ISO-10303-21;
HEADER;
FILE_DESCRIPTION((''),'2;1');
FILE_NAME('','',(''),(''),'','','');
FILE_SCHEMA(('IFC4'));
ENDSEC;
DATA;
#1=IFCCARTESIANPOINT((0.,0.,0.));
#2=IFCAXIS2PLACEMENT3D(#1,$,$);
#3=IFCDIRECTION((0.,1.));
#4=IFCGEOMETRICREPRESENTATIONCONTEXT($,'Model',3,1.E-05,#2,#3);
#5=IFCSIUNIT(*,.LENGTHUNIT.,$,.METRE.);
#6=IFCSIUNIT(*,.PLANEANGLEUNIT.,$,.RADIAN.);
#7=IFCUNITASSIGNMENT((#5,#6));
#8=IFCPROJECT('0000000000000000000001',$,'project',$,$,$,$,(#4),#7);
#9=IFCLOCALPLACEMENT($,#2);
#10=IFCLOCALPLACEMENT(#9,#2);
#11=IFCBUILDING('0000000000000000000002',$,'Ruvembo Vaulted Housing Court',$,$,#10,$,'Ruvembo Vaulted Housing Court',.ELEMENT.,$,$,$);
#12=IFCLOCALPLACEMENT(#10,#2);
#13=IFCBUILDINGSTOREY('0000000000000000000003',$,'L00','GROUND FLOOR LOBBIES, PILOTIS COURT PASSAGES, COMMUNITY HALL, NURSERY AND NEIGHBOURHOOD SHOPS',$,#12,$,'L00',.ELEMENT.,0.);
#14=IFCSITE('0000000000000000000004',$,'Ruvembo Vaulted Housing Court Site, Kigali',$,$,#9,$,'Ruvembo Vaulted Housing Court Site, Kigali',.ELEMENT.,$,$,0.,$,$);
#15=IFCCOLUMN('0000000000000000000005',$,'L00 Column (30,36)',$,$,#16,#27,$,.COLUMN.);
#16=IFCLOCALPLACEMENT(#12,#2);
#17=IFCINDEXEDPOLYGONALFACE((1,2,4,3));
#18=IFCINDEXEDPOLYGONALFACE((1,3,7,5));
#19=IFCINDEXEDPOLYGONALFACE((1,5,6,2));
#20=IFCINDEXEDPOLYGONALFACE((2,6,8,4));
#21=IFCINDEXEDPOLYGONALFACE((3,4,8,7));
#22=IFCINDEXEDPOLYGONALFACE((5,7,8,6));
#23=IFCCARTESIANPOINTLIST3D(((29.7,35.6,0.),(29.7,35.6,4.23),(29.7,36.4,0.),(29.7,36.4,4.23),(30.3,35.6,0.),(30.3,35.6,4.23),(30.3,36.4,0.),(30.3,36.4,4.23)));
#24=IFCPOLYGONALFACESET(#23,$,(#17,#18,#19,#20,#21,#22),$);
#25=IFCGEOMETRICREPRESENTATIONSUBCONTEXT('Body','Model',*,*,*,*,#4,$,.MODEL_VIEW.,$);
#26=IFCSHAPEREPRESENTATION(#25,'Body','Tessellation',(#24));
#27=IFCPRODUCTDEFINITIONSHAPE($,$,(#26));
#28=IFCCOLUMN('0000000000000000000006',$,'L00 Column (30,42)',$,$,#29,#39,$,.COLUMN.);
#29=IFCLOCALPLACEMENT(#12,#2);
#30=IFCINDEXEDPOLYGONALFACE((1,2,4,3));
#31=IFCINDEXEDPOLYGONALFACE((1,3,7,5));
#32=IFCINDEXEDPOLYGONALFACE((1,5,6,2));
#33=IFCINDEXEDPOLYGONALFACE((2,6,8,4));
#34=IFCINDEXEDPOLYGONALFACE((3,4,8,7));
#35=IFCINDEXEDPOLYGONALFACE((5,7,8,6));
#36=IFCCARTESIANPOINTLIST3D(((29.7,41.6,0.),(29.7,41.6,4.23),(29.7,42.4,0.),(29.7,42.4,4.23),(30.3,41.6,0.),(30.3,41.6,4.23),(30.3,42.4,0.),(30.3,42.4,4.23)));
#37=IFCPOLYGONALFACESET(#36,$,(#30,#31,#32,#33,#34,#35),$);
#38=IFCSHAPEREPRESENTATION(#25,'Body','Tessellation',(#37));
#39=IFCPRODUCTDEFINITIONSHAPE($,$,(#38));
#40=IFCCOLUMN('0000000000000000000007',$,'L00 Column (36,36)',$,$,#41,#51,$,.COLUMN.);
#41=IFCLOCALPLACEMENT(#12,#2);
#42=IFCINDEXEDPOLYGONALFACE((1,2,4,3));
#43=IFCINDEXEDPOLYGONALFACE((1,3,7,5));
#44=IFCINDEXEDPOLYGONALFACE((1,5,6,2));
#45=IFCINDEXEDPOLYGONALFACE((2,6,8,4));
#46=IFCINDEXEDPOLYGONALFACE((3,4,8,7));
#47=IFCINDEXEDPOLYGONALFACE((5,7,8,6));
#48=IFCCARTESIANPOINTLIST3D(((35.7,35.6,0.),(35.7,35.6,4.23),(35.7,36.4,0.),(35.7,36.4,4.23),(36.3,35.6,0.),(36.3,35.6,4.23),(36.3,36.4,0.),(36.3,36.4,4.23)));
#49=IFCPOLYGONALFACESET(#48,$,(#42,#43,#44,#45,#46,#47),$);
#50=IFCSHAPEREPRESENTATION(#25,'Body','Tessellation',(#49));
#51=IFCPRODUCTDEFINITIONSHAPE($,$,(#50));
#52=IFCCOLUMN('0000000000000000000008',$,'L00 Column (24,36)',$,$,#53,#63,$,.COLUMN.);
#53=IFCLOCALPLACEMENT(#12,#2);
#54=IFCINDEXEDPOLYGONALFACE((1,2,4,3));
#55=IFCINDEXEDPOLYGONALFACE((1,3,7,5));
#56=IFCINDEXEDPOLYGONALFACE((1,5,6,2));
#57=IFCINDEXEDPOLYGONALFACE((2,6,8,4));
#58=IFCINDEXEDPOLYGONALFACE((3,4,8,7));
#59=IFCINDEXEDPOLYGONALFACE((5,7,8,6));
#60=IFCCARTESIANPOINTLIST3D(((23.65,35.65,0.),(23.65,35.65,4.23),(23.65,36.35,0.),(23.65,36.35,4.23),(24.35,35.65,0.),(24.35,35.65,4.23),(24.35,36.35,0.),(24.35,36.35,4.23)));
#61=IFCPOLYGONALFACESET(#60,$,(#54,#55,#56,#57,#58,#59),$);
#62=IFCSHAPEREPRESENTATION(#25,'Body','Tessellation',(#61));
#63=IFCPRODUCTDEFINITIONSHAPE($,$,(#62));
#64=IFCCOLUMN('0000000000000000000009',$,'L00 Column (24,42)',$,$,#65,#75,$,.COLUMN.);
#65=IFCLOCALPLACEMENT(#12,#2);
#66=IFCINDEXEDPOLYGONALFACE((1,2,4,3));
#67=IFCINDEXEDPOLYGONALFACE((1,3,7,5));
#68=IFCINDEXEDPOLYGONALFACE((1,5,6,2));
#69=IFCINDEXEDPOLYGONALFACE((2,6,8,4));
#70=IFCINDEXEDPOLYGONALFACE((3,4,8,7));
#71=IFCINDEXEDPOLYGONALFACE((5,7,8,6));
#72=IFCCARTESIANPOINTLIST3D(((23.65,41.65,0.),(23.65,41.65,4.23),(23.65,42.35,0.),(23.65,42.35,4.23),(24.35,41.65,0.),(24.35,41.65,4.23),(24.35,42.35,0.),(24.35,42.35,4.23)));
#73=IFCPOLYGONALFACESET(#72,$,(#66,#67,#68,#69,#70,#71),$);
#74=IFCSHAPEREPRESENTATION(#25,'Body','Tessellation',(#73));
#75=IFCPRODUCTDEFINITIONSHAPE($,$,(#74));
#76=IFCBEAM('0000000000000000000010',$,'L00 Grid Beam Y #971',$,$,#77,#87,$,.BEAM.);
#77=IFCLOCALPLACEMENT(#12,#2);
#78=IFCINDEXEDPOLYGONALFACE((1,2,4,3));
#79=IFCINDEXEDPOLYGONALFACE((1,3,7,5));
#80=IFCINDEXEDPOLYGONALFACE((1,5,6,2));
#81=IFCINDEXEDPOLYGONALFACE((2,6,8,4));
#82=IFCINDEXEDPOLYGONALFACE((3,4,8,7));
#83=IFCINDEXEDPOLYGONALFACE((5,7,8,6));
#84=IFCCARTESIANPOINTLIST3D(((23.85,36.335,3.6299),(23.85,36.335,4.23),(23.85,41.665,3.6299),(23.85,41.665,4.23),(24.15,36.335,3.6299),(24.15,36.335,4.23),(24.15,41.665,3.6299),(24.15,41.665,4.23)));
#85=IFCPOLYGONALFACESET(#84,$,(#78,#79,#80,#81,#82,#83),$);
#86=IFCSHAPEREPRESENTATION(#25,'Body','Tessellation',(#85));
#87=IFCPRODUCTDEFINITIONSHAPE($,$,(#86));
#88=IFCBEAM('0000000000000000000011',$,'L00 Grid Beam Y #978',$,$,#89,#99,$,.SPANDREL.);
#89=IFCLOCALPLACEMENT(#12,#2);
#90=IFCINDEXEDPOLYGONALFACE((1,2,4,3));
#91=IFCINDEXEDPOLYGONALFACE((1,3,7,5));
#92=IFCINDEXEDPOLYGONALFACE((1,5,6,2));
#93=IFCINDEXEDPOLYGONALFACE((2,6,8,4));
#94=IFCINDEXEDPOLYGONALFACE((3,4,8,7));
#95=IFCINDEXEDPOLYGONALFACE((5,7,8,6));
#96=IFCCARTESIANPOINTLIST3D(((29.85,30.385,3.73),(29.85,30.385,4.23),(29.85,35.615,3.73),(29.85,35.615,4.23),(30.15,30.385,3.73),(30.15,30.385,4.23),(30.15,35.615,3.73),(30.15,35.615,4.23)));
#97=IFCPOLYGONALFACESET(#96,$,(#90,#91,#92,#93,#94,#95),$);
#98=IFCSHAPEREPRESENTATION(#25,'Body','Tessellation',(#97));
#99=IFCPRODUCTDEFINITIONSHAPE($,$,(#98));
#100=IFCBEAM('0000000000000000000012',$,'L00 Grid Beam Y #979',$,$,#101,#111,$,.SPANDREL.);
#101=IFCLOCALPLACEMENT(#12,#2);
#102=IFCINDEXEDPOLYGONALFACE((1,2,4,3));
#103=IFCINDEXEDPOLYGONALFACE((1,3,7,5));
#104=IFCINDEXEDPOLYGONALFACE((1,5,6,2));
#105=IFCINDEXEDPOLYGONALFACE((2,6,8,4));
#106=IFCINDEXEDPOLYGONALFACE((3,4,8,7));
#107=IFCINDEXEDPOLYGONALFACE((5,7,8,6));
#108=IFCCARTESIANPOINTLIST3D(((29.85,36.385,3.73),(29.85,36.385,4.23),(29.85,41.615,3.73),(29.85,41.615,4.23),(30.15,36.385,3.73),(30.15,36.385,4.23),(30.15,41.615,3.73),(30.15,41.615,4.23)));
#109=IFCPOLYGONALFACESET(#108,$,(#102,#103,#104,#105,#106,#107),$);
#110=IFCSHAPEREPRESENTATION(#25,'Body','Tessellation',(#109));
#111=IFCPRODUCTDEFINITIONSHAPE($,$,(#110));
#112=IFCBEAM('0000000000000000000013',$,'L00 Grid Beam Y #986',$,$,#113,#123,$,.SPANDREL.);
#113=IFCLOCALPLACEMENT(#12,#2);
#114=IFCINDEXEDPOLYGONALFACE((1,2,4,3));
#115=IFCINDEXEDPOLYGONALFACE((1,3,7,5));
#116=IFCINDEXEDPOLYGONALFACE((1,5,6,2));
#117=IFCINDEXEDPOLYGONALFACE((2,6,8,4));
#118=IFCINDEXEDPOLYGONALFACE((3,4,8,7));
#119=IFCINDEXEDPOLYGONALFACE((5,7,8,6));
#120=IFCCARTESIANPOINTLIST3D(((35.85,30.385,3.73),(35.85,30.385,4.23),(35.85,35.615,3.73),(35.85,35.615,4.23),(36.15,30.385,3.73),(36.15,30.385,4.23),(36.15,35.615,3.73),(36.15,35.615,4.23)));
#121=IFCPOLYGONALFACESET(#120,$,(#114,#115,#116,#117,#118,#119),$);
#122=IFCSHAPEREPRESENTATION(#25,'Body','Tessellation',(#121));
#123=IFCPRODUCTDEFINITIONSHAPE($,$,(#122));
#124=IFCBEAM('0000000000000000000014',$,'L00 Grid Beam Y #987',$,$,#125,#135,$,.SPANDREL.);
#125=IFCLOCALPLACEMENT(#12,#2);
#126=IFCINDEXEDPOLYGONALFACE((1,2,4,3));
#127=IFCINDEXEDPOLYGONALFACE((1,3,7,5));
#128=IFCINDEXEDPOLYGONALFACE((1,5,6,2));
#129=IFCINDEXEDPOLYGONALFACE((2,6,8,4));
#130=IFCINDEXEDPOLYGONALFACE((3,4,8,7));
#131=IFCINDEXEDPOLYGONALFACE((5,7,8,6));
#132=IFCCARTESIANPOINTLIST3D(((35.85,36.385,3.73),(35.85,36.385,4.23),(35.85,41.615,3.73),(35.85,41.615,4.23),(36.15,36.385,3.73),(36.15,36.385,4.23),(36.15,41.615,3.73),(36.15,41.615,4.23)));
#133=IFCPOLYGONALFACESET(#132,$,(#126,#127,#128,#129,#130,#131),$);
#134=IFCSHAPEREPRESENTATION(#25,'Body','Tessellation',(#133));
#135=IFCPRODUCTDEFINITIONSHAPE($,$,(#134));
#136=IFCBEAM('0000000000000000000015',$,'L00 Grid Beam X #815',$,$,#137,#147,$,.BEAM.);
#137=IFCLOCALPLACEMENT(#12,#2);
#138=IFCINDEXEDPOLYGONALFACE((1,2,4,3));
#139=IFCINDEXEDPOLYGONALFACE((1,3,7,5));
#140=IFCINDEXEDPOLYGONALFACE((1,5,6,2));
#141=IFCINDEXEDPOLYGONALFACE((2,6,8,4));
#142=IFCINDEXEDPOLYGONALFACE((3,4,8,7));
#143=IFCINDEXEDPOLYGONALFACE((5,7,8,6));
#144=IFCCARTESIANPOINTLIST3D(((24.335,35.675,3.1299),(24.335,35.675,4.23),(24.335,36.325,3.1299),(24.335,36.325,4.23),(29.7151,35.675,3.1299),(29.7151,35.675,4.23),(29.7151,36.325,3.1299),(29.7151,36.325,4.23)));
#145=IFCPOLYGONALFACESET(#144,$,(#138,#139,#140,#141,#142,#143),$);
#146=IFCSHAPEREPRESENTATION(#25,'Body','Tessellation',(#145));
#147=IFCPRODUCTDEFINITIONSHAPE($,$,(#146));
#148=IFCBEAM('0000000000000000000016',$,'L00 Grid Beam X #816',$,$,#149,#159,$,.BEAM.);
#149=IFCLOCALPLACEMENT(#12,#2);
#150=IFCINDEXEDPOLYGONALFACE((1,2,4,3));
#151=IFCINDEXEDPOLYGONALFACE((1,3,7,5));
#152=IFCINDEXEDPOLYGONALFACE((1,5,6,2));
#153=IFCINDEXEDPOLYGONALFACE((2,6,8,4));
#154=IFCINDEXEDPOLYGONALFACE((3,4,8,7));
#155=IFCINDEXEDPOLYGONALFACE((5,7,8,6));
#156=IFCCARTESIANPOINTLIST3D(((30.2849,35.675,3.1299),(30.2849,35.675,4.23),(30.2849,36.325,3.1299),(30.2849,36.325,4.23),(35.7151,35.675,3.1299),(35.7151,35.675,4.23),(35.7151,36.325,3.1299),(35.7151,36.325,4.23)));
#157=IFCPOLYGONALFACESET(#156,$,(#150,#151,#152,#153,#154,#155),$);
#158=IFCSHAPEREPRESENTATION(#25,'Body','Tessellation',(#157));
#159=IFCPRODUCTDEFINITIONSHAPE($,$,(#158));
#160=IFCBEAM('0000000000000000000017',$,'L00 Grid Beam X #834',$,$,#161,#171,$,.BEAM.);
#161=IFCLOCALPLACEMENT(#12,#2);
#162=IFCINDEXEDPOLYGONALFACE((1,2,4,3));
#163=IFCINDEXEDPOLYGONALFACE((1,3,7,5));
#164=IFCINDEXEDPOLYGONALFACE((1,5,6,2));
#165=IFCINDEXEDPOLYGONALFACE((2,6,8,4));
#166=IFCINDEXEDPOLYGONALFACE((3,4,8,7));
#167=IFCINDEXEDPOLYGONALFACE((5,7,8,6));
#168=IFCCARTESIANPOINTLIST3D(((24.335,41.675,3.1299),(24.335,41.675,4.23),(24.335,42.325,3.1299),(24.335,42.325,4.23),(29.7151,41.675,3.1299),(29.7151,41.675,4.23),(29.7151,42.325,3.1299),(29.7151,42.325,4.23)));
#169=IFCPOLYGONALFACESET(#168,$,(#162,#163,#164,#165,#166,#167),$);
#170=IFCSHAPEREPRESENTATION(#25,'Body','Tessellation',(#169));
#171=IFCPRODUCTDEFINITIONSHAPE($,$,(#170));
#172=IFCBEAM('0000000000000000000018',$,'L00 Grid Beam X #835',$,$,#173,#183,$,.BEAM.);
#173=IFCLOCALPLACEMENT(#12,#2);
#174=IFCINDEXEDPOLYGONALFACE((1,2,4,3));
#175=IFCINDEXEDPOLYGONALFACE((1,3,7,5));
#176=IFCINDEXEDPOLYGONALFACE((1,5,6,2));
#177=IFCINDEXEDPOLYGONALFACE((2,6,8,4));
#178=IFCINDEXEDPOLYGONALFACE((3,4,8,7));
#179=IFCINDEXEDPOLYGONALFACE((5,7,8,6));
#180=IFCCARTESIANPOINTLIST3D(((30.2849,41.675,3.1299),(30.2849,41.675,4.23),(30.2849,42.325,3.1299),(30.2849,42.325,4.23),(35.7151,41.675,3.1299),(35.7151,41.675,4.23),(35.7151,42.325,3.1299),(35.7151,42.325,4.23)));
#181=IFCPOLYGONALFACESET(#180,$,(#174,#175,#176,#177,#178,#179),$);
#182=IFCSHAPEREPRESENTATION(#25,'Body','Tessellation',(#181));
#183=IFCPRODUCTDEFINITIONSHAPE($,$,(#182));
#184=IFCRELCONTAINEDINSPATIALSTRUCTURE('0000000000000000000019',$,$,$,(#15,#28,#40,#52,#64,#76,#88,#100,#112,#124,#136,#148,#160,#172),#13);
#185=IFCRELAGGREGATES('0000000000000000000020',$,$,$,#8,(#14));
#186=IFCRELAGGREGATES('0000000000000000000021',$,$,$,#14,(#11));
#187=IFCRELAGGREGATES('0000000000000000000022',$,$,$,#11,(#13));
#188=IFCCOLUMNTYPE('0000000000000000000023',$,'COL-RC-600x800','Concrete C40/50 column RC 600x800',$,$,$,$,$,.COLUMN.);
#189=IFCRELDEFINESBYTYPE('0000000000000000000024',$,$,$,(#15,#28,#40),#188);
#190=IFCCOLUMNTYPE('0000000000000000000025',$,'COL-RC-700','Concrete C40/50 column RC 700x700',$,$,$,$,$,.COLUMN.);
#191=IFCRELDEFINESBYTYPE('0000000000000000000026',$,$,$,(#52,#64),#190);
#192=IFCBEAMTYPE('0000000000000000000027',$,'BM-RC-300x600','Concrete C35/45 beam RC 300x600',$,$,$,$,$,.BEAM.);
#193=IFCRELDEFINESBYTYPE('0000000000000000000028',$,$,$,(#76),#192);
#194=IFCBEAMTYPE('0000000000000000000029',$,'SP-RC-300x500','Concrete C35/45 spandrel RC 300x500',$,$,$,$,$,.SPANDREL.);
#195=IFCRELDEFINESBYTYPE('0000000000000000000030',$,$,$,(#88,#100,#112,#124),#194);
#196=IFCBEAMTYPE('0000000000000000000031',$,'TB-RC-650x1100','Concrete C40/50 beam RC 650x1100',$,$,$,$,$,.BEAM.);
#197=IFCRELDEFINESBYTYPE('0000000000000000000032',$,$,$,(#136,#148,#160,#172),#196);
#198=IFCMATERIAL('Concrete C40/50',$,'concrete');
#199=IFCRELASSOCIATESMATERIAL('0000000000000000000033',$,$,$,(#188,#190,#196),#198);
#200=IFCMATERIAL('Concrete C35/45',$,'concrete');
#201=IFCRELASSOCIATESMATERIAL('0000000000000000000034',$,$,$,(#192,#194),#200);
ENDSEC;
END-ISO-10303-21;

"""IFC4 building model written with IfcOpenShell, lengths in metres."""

from ifc_helpers import new_model, si_unit, direction, frame, origin, origin_2d, place, context, subcontext, project, spatial, rectangle, extrude, material, material_profile, profile_set, type_object, element, save


model = new_model("IFC4")

# Units and contexts
model_context = context("Model", 3, precision=1e-05, world=origin(), true_north=direction((0.0, 1.0)))
body_context = subcontext(model_context, "Body", "Model", "MODEL_VIEW")
ifc_project = project(units=[si_unit("LENGTHUNIT", "METRE"), si_unit("PLANEANGLEUNIT", "RADIAN")], contexts=[model_context])

# Site, building, storey
site_placement = place(None, origin())
site = spatial("IfcSite", under=ifc_project, at=site_placement, Name="Ruvembo Vaulted Housing Court Site, Kigali", LongName="Ruvembo Vaulted Housing Court Site, Kigali", CompositionType="ELEMENT", RefElevation=0.0)
building_placement = place(site_placement, origin())
building = spatial("IfcBuilding", under=site, at=building_placement, Name="Ruvembo Vaulted Housing Court", LongName="Ruvembo Vaulted Housing Court", CompositionType="ELEMENT")
storey_placement = place(building_placement, origin())
storey = spatial("IfcBuildingStorey", under=building, at=storey_placement, Name="L00", Description="GROUND FLOOR LOBBIES, PILOTIS COURT PASSAGES, COMMUNITY HALL, NURSERY AND NEIGHBOURHOOD SHOPS", LongName="L00", CompositionType="ELEMENT", Elevation=0.0)

# Columns
ifc_material_1 = material(Name="Concrete C40/50", Category="concrete")
ifc_material_profile_1 = material_profile(ifc_material_1, rectangle(XDim=0.6001, YDim=0.8, at=origin_2d()), Name="RC 600x800")
ifc_profile_set_1 = profile_set([ifc_material_profile_1], Name="Concrete C40/50")
column_type_1 = type_object("IfcColumnType", Name="COL-RC-600x800", Description="Concrete C40/50 column RC 600x800", PredefinedType="COLUMN", material=ifc_profile_set_1)
for number, where, z_axis, x_axis, name in (
    (1, (30.0, 36.0, 0.0), (0.0, 0.0, 1.0), (1.0, 0.0, 0.0), "L00 Column (30,36)"),
    (2, (30.0, 42.0, 0.0), (0.0, 0.0, 1.0), (1.0, 0.0, 0.0), "L00 Column (30,42)"),
    (3, (36.0, 36.0, 0.0), (0.0, 0.0, 1.0), (1.0, 0.0, 0.0), "L00 Column (36,36)"),
):
    element("IfcColumn", number, at=place(storey_placement, frame(where, z_axis=z_axis, x_axis=x_axis)), inside=storey, type_object=column_type_1, Name=name, PredefinedType="COLUMN", context=body_context, shape_type="SweptSolid", body=[
        extrude(rectangle(XDim=0.6001, YDim=0.8, at=origin_2d()), origin(), (0.0, 0.0, 1.0), 4.23),
    ])
ifc_material_profile_2 = material_profile(ifc_material_1, rectangle(XDim=0.7, YDim=0.7, at=origin_2d()), Name="RC 700x700")
ifc_profile_set_2 = profile_set([ifc_material_profile_2], Name="Concrete C40/50")
column_type_2 = type_object("IfcColumnType", Name="COL-RC-700", Description="Concrete C40/50 column RC 700x700", PredefinedType="COLUMN", material=ifc_profile_set_2)
for number, where, z_axis, x_axis, name in (
    (4, (24.0, 36.0, 0.0), (0.0, 0.0, 1.0), (1.0, 0.0, 0.0), "L00 Column (24,36)"),
    (5, (24.0, 42.0, 0.0), (0.0, 0.0, 1.0), (1.0, 0.0, 0.0), "L00 Column (24,42)"),
):
    element("IfcColumn", number, at=place(storey_placement, frame(where, z_axis=z_axis, x_axis=x_axis)), inside=storey, type_object=column_type_2, Name=name, PredefinedType="COLUMN", context=body_context, shape_type="SweptSolid", body=[
        extrude(rectangle(XDim=0.7, YDim=0.7, at=origin_2d()), origin(), (0.0, 0.0, 1.0), 4.23),
    ])

# Beams
ifc_material_2 = material(Name="Concrete C35/45", Category="concrete")
ifc_material_profile_3 = material_profile(ifc_material_2, rectangle(XDim=0.3, YDim=0.6001, at=origin_2d()), Name="RC 300x600")
ifc_profile_set_3 = profile_set([ifc_material_profile_3], Name="Concrete C35/45")
beam_type_1 = type_object("IfcBeamType", Name="BM-RC-300x600", Description="Concrete C35/45 beam RC 300x600", PredefinedType="BEAM", material=ifc_profile_set_3)
beam_1_placement = place(storey_placement, frame((24.0, 36.335, 3.9299), z_axis=(0.0, 1.0, 0.0), x_axis=(-1.0, 0.0, 0.0)))
element("IfcBeam", 6, at=beam_1_placement, inside=storey, type_object=beam_type_1, Name="L00 Grid Beam Y #971", PredefinedType="BEAM", context=body_context, shape_type="SweptSolid", body=[
    extrude(rectangle(XDim=0.3, YDim=0.6001, at=origin_2d()), origin(), (0.0, 0.0, 1.0), 5.3301),
])
ifc_material_profile_4 = material_profile(ifc_material_2, rectangle(XDim=0.3, YDim=0.5, at=origin_2d()), Name="RC 300x500")
ifc_profile_set_4 = profile_set([ifc_material_profile_4], Name="Concrete C35/45")
beam_type_2 = type_object("IfcBeamType", Name="SP-RC-300x500", Description="Concrete C35/45 spandrel RC 300x500", PredefinedType="SPANDREL", material=ifc_profile_set_4)
for number, where, z_axis, x_axis, name in (
    (7, (30.0, 30.385, 3.98), (0.0, 1.0, 0.0), (-1.0, 0.0, 0.0), "L00 Grid Beam Y #978"),
    (8, (30.0, 36.385, 3.98), (0.0, 1.0, 0.0), (-1.0, 0.0, 0.0), "L00 Grid Beam Y #979"),
    (9, (36.0, 30.385, 3.98), (0.0, 1.0, 0.0), (-1.0, 0.0, 0.0), "L00 Grid Beam Y #986"),
    (10, (36.0, 36.385, 3.98), (0.0, 1.0, 0.0), (-1.0, 0.0, 0.0), "L00 Grid Beam Y #987"),
):
    element("IfcBeam", number, at=place(storey_placement, frame(where, z_axis=z_axis, x_axis=x_axis)), inside=storey, type_object=beam_type_2, Name=name, PredefinedType="SPANDREL", context=body_context, shape_type="SweptSolid", body=[
        extrude(rectangle(XDim=0.3, YDim=0.5, at=origin_2d()), origin(), (0.0, 0.0, 1.0), 5.23),
    ])
ifc_material_profile_5 = material_profile(ifc_material_1, rectangle(XDim=0.6499, YDim=1.1001, at=origin_2d()), Name="RC 650x1100")
ifc_profile_set_5 = profile_set([ifc_material_profile_5], Name="Concrete C40/50")
beam_type_3 = type_object("IfcBeamType", Name="TB-RC-650x1100", Description="Concrete C40/50 beam RC 650x1100", PredefinedType="BEAM", material=ifc_profile_set_5)
beam_2_placement = place(storey_placement, frame((24.335, 36.0, 3.6799), z_axis=(1.0, 0.0, 0.0), x_axis=(0.0, 1.0, 0.0)))
element("IfcBeam", 11, at=beam_2_placement, inside=storey, type_object=beam_type_3, Name="L00 Grid Beam X #815", PredefinedType="BEAM", context=body_context, shape_type="SweptSolid", body=[
    extrude(rectangle(XDim=0.6499, YDim=1.1001, at=origin_2d()), origin(), (0.0, 0.0, 1.0), 5.3801),
])
beam_3_placement = place(storey_placement, frame((30.2849, 36.0, 3.6799), z_axis=(1.0, 0.0, 0.0), x_axis=(0.0, 1.0, 0.0)))
element("IfcBeam", 12, at=beam_3_placement, inside=storey, type_object=beam_type_3, Name="L00 Grid Beam X #816", PredefinedType="BEAM", context=body_context, shape_type="SweptSolid", body=[
    extrude(rectangle(XDim=0.6499, YDim=1.1001, at=origin_2d()), origin(), (0.0, 0.0, 1.0), 5.4302),
])
beam_4_placement = place(storey_placement, frame((24.335, 42.0, 3.6799), z_axis=(1.0, 0.0, 0.0), x_axis=(0.0, 1.0, 0.0)))
element("IfcBeam", 13, at=beam_4_placement, inside=storey, type_object=beam_type_3, Name="L00 Grid Beam X #834", PredefinedType="BEAM", context=body_context, shape_type="SweptSolid", body=[
    extrude(rectangle(XDim=0.6499, YDim=1.1001, at=origin_2d()), origin(), (0.0, 0.0, 1.0), 5.3801),
])
beam_5_placement = place(storey_placement, frame((30.2849, 42.0, 3.6799), z_axis=(1.0, 0.0, 0.0), x_axis=(0.0, 1.0, 0.0)))
element("IfcBeam", 14, at=beam_5_placement, inside=storey, type_object=beam_type_3, Name="L00 Grid Beam X #835", PredefinedType="BEAM", context=body_context, shape_type="SweptSolid", body=[
    extrude(rectangle(XDim=0.6499, YDim=1.1001, at=origin_2d()), origin(), (0.0, 0.0, 1.0), 5.4302),
])

save(model, "model.ifc")
